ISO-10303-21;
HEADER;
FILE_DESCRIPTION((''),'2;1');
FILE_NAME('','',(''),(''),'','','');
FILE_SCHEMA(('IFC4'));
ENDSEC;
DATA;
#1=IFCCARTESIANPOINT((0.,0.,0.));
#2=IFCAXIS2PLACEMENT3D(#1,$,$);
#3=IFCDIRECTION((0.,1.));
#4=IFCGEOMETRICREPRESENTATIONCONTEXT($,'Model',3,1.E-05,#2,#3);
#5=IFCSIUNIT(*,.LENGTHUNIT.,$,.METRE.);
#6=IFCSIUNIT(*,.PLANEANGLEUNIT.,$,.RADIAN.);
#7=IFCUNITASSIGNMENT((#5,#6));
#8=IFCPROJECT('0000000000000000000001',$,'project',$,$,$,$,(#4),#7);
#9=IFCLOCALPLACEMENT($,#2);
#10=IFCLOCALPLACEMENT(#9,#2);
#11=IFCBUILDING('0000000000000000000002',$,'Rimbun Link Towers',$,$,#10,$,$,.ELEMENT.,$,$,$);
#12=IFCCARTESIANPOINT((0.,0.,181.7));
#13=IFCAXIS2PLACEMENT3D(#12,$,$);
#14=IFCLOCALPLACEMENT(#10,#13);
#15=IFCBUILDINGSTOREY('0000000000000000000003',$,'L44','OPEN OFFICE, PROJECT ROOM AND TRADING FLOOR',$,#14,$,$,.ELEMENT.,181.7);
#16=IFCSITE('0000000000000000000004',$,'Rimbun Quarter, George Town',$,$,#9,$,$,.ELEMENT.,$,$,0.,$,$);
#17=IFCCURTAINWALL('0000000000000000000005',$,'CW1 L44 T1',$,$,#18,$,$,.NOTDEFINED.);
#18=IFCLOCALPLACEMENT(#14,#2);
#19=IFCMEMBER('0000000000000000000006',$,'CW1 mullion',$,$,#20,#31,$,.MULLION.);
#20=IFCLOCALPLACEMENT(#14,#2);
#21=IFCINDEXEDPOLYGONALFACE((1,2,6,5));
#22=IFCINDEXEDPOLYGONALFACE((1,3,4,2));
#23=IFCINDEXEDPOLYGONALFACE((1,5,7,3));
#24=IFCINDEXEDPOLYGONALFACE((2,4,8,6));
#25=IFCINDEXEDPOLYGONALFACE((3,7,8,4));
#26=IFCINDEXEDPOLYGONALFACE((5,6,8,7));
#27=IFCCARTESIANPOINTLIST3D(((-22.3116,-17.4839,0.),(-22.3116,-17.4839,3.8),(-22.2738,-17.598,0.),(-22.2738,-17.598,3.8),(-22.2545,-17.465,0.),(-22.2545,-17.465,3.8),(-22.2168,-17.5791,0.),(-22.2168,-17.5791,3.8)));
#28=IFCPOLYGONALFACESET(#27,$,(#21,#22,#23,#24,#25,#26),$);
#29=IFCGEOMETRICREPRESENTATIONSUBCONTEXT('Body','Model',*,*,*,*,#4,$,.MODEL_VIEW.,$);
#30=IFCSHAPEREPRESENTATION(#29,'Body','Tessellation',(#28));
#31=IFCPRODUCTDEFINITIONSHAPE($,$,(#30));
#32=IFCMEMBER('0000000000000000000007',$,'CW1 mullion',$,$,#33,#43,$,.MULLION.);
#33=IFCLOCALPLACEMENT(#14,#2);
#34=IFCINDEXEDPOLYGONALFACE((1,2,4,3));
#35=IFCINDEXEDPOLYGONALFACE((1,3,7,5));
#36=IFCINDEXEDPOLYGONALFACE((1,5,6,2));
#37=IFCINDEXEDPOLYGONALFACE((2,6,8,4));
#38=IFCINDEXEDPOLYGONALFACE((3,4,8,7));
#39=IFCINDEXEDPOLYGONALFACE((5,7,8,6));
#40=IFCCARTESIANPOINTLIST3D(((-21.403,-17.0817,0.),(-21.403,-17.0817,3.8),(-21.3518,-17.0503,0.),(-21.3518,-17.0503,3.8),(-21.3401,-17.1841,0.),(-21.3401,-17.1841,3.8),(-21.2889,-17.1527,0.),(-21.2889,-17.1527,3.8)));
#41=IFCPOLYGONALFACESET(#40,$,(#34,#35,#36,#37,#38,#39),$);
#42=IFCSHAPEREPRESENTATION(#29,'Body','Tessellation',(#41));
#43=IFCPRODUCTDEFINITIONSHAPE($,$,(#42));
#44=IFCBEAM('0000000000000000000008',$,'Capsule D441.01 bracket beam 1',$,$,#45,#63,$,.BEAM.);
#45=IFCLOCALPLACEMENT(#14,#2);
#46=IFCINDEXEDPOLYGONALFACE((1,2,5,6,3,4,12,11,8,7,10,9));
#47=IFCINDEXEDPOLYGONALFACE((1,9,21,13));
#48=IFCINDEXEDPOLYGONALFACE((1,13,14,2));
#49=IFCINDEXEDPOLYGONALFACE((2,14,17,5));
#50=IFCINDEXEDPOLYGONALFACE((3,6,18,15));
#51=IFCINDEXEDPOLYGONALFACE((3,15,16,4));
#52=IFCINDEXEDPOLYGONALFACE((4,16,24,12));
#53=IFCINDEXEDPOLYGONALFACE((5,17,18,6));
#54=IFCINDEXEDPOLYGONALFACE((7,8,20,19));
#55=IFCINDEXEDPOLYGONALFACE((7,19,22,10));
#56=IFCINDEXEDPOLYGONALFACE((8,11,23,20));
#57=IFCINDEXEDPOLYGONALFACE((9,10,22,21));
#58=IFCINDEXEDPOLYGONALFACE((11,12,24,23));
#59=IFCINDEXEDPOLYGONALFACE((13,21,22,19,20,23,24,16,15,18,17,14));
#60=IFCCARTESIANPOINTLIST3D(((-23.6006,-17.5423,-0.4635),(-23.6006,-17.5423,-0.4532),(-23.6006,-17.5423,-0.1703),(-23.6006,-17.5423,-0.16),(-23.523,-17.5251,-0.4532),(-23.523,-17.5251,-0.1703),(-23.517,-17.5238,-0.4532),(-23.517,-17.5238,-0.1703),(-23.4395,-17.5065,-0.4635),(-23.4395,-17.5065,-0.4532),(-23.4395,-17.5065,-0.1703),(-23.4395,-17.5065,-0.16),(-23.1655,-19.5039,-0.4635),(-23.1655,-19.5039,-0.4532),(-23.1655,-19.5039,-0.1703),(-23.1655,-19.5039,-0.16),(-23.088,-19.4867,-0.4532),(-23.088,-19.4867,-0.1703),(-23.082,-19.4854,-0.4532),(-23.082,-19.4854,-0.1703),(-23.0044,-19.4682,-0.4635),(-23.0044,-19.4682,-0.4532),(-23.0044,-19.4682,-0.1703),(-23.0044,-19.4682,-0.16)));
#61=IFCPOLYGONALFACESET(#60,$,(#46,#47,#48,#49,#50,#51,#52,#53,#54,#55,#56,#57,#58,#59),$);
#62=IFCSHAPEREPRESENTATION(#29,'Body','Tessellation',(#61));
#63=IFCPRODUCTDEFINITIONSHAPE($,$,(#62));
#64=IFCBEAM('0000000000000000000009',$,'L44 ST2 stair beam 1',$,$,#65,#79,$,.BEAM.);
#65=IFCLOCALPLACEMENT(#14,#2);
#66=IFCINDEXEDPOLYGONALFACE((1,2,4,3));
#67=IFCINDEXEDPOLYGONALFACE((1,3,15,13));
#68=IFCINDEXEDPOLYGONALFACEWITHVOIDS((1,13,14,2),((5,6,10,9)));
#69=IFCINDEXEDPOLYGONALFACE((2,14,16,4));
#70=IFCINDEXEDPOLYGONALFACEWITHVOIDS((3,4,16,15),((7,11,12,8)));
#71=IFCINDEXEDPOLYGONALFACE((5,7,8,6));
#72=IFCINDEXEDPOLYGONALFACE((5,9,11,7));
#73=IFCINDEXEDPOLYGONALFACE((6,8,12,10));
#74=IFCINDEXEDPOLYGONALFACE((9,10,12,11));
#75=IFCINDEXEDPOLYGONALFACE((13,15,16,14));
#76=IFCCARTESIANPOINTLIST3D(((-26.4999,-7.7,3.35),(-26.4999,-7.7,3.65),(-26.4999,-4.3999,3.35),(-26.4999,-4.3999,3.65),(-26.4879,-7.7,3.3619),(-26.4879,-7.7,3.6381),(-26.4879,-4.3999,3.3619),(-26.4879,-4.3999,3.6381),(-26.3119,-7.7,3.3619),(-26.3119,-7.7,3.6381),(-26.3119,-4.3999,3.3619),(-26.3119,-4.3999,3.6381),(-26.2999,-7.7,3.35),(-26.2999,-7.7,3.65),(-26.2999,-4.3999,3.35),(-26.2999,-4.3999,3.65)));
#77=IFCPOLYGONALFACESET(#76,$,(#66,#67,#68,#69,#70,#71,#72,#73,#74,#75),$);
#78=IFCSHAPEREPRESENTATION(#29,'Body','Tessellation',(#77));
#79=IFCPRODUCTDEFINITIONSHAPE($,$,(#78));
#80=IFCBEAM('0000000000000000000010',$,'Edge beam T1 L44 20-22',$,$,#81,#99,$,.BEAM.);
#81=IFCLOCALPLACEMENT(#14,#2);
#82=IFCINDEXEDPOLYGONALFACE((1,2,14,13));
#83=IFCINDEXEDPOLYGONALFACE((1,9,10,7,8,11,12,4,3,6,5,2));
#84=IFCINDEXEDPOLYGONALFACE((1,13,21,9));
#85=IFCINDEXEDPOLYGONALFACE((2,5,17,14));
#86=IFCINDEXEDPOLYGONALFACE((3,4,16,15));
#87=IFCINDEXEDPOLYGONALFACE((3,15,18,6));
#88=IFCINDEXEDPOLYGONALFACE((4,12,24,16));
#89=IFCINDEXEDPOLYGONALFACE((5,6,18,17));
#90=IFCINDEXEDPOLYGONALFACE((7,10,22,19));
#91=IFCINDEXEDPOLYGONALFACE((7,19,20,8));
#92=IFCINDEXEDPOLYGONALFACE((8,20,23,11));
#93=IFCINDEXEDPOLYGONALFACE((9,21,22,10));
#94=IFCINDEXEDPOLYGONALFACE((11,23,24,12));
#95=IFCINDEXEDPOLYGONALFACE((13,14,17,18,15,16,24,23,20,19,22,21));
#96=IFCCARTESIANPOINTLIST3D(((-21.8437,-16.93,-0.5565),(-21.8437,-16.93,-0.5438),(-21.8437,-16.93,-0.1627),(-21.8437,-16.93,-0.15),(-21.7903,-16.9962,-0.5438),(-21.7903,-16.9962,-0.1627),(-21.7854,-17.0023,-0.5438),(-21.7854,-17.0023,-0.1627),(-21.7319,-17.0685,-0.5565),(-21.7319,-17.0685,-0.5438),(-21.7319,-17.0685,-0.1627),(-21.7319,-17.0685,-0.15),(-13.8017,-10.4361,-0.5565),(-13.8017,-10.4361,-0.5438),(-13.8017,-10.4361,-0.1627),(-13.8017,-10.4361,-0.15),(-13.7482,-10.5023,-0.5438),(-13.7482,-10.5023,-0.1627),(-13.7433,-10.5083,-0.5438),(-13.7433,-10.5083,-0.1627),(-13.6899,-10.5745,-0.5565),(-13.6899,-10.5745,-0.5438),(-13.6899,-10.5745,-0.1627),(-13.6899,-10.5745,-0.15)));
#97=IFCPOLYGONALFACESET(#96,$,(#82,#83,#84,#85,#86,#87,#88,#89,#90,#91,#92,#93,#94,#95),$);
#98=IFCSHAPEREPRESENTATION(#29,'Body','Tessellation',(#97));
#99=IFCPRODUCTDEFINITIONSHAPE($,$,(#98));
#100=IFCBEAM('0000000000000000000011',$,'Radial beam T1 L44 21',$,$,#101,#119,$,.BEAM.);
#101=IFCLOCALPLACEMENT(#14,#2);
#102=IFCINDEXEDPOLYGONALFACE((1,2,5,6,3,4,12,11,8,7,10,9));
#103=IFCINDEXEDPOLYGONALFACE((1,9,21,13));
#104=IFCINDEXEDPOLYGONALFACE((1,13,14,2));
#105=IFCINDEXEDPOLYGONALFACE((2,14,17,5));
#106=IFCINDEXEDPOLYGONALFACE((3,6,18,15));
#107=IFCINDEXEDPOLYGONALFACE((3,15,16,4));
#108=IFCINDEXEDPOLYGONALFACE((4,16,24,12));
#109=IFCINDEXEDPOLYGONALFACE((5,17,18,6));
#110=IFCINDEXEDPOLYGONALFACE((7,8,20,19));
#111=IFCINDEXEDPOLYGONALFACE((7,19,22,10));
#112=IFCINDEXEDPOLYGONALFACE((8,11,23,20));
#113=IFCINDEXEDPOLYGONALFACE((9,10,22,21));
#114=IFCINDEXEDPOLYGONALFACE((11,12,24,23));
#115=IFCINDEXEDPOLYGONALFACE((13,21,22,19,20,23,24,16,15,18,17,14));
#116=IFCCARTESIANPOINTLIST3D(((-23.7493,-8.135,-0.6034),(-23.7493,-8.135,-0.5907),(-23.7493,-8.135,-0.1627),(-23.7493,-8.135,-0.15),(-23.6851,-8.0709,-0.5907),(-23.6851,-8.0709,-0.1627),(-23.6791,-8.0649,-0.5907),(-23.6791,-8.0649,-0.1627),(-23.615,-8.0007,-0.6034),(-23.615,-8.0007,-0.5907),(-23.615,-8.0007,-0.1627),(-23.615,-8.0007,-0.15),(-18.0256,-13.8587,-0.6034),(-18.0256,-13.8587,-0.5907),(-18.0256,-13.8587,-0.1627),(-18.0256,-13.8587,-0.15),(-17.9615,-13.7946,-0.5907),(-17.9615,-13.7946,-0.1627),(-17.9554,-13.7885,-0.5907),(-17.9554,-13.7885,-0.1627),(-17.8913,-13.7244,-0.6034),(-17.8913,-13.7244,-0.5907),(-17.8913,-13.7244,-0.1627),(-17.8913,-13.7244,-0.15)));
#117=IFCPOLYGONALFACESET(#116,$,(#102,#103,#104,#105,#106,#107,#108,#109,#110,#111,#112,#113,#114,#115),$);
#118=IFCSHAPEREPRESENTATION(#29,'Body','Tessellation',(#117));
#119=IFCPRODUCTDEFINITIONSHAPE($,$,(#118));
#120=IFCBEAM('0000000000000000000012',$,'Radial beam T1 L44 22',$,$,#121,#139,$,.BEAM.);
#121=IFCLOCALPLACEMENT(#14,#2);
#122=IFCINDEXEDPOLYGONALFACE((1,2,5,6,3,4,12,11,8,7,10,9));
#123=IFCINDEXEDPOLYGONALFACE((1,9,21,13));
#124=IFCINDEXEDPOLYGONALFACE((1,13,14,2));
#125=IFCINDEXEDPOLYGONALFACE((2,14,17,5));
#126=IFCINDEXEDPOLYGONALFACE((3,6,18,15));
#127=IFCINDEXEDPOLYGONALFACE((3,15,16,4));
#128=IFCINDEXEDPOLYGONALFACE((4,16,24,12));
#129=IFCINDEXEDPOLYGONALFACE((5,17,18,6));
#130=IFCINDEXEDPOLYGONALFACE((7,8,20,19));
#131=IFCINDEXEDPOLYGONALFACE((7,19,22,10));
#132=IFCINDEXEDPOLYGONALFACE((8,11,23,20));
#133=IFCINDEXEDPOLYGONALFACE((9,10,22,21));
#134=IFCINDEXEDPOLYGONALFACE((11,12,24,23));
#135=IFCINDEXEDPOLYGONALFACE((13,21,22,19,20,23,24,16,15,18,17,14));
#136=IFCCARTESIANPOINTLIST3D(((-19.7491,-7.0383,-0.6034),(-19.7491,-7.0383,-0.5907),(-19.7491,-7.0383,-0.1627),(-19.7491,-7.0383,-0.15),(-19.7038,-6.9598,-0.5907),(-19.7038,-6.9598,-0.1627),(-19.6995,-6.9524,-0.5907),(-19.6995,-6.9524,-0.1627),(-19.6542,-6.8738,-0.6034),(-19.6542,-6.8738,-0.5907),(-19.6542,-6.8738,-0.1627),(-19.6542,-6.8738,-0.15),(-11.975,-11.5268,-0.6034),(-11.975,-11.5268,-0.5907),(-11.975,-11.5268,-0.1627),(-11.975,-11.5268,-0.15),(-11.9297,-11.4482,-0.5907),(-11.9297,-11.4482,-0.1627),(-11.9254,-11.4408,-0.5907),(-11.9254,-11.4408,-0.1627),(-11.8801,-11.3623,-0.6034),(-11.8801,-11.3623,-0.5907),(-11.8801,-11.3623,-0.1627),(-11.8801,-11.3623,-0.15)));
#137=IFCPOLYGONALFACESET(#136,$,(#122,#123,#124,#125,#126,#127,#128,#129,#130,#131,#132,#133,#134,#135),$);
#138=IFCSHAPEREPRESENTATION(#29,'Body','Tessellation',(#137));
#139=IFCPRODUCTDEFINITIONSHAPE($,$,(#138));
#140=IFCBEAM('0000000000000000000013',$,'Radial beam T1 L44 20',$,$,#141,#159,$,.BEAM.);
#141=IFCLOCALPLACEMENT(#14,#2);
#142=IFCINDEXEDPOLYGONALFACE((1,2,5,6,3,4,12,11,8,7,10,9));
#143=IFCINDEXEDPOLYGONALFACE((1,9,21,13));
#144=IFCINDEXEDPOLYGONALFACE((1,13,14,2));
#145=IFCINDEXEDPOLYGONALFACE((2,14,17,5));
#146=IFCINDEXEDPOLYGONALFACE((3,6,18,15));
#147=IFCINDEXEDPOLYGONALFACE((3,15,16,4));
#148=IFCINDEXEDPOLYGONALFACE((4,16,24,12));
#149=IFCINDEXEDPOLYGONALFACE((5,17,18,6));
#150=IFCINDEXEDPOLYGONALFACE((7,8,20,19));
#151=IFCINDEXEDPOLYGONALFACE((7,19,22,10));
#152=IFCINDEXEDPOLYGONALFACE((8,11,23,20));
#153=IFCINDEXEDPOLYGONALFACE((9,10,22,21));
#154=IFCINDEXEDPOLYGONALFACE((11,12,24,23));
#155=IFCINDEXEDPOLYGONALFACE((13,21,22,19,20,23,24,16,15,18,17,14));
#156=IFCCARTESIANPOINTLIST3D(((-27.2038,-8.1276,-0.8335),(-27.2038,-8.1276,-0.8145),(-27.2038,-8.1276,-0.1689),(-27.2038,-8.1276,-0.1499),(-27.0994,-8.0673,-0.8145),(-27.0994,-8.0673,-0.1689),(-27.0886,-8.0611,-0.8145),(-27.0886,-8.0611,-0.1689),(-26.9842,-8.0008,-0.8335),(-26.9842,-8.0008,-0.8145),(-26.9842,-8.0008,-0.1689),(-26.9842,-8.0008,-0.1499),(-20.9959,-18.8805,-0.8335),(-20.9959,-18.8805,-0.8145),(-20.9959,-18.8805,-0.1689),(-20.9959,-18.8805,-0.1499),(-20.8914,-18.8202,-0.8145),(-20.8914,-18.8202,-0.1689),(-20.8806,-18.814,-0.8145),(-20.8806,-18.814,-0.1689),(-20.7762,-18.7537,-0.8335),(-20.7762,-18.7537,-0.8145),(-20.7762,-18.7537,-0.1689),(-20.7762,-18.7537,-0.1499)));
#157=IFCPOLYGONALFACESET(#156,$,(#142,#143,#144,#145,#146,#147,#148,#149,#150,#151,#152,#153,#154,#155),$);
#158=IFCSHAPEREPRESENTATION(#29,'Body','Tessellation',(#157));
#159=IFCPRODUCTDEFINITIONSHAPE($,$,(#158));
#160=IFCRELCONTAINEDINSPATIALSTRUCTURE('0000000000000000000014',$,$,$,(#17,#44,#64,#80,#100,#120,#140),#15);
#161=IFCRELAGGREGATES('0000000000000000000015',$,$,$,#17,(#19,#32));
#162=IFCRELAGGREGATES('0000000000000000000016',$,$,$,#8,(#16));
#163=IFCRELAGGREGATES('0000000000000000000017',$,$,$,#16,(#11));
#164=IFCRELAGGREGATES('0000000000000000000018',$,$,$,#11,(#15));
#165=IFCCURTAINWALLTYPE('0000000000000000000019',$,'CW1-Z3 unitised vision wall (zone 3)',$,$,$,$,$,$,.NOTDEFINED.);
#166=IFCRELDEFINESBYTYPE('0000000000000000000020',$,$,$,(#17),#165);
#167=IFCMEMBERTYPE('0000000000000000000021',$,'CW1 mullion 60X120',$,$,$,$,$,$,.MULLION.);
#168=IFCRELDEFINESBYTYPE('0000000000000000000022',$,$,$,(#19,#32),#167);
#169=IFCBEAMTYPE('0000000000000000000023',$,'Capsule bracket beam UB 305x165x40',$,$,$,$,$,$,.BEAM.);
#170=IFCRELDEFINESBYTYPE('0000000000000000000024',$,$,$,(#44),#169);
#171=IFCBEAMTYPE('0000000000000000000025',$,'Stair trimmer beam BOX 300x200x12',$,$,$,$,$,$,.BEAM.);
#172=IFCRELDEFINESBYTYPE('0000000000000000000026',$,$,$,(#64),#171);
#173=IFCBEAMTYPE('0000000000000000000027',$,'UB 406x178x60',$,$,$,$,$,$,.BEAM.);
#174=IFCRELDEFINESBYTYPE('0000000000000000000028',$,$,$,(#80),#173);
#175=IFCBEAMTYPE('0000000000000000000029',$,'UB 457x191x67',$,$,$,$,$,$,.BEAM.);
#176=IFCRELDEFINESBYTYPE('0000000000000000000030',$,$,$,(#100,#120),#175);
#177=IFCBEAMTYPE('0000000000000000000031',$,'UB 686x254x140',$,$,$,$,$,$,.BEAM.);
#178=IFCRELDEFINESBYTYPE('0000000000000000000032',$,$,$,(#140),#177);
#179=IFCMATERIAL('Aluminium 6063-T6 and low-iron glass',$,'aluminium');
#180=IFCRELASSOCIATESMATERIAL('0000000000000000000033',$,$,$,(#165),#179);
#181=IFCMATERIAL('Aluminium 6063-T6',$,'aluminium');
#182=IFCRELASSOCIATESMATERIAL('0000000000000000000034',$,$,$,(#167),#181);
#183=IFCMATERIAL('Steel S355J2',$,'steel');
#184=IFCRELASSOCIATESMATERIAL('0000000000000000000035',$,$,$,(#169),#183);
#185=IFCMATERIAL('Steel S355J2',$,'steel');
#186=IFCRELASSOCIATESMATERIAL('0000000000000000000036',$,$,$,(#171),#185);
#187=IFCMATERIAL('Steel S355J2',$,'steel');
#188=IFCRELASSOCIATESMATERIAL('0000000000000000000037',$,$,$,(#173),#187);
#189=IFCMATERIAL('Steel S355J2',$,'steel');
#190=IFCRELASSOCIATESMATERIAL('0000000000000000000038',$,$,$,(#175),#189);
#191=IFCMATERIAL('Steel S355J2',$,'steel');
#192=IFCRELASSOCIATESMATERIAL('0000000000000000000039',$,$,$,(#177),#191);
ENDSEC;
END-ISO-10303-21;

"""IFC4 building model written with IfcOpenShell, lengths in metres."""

from ifc_helpers import new_model, si_unit, direction, frame, origin, origin_2d, place, context, subcontext, project, spatial, rectangle, hollow_rectangle, i_section, extrude, material, material_profile, profile_set, type_object, element, aggregate, save


model = new_model("IFC4")

# Units and contexts
model_context = context("Model", 3, precision=1e-05, world=origin(), true_north=direction((0.0, 1.0)))
body_context = subcontext(model_context, "Body", "Model", "MODEL_VIEW")
ifc_project = project(units=[si_unit("LENGTHUNIT", "METRE"), si_unit("PLANEANGLEUNIT", "RADIAN")], contexts=[model_context])

# Site, building, storey
site_placement = place(None, origin())
site = spatial("IfcSite", under=ifc_project, at=site_placement, Name="Rimbun Quarter, George Town", CompositionType="ELEMENT", RefElevation=0.0)
building_placement = place(site_placement, origin())
building = spatial("IfcBuilding", under=site, at=building_placement, Name="Rimbun Link Towers", CompositionType="ELEMENT")
storey_placement = place(building_placement, frame((0.0, 0.0, 181.7)))
storey = spatial("IfcBuildingStorey", under=building, at=storey_placement, Name="L44", Description="OPEN OFFICE, PROJECT ROOM AND TRADING FLOOR", CompositionType="ELEMENT", Elevation=181.7)

# Curtain wall, members
ifc_material_1 = material(Name="Aluminium 6063-T6 and low-iron glass", Category="aluminium")
curtain_wall_type = type_object("IfcCurtainWallType", Name="CW1-Z3 unitised vision wall (zone 3)", PredefinedType="NOTDEFINED", material=ifc_material_1)
curtain_wall_placement = place(storey_placement, origin())
curtain_wall = element("IfcCurtainWall", 1, at=curtain_wall_placement, inside=storey, type_object=curtain_wall_type, Name="CW1 L44 T1", PredefinedType="NOTDEFINED")
ifc_material_2 = material(Name="Aluminium 6063-T6", Category="aluminium")
ifc_material_profile_1 = material_profile(ifc_material_2, rectangle(XDim=0.1201, YDim=0.0601, at=origin_2d()), Name="MULLION 60X120")
ifc_profile_set_1 = profile_set([ifc_material_profile_1], Name="Aluminium 6063-T6")
member_type = type_object("IfcMemberType", Name="CW1 mullion 60X120", PredefinedType="MULLION", material=ifc_profile_set_1)
member_1_placement = place(storey_placement, frame((-22.2642, -17.5315, 0.0), z_axis=(0.0, 0.0, 1.0), x_axis=(0.314565, -0.949236, 0.0)))
member_1 = element("IfcMember", 2, at=member_1_placement, type_object=member_type, Name="CW1 mullion", PredefinedType="MULLION", context=body_context, shape_type="SweptSolid", body=[
    extrude(rectangle(XDim=0.1201, YDim=0.0601, at=origin_2d()), origin(), (0.0, 0.0, 1.0), 3.8),
])
member_2_placement = place(storey_placement, frame((-21.3459, -17.1172, 0.0), z_axis=(0.0, 0.0, 1.0), x_axis=(0.523235, -0.852189, 0.0)))
member_2 = element("IfcMember", 3, at=member_2_placement, type_object=member_type, Name="CW1 mullion", PredefinedType="MULLION", context=body_context, shape_type="SweptSolid", body=[
    extrude(rectangle(XDim=0.1201, YDim=0.0601, at=origin_2d()), origin(), (0.0, 0.0, 1.0), 3.8),
])
aggregate(curtain_wall, [member_1, member_2])

# Beams
ifc_material_3 = material(Name="Steel S355J2", Category="steel")
ifc_material_profile_2 = material_profile(ifc_material_3, i_section(OverallWidth=0.165, OverallDepth=0.3035, WebThickness=0.0061, FlangeThickness=0.0103, at=origin_2d()), Name="UB 305x165x40")
ifc_profile_set_2 = profile_set([ifc_material_profile_2], Name="Steel S355J2")
beam_type_1 = type_object("IfcBeamType", Name="Capsule bracket beam UB 305x165x40", PredefinedType="BEAM", material=ifc_profile_set_2)
beam_1_placement = place(storey_placement, frame((-23.52, -17.5244, -0.3118), z_axis=(0.216519, -0.976278, 0.0), x_axis=(0.976278, 0.216519, 0.0)))
element("IfcBeam", 4, at=beam_1_placement, inside=storey, type_object=beam_type_1, Name="Capsule D441.01 bracket beam 1", PredefinedType="BEAM", context=body_context, shape_type="SweptSolid", body=[
    extrude(i_section(OverallWidth=0.165, OverallDepth=0.3035, WebThickness=0.0061, FlangeThickness=0.0103, at=origin_2d()), origin(), (0.0, 0.0, 1.0), 2.0093),
])
ifc_material_4 = material(Name="Steel S355J2", Category="steel")
ifc_material_profile_3 = material_profile(ifc_material_4, hollow_rectangle(XDim=0.2, YDim=0.3, WallThickness=0.012, at=origin_2d()), Name="BOX 300x200x12")
ifc_profile_set_3 = profile_set([ifc_material_profile_3], Name="Steel S355J2")
beam_type_2 = type_object("IfcBeamType", Name="Stair trimmer beam BOX 300x200x12", PredefinedType="BEAM", material=ifc_profile_set_3)
beam_2_placement = place(storey_placement, frame((-26.3999, -7.7, 3.5), z_axis=(0.0, 1.0, 0.0), x_axis=(-1.0, 0.0, 0.0)))
element("IfcBeam", 5, at=beam_2_placement, inside=storey, type_object=beam_type_2, Name="L44 ST2 stair beam 1", PredefinedType="BEAM", context=body_context, shape_type="SweptSolid", body=[
    extrude(hollow_rectangle(XDim=0.2, YDim=0.3, WallThickness=0.012, at=origin_2d()), origin(), (0.0, 0.0, 1.0), 3.3),
])
ifc_material_5 = material(Name="Steel S355J2", Category="steel")
ifc_material_profile_4 = material_profile(ifc_material_5, i_section(OverallWidth=0.178, OverallDepth=0.4065, WebThickness=0.0078, FlangeThickness=0.0127, at=origin_2d()), Name="UB 406x178x60")
ifc_profile_set_4 = profile_set([ifc_material_profile_4], Name="Steel S355J2")
beam_type_3 = type_object("IfcBeamType", Name="UB 406x178x60", PredefinedType="BEAM", material=ifc_profile_set_4)
beam_3_placement = place(storey_placement, frame((-21.7878, -16.9993, -0.3533), z_axis=(0.778015, 0.628246, 0.0), x_axis=(-0.628246, 0.778015, 0.0)))
element("IfcBeam", 6, at=beam_3_placement, inside=storey, type_object=beam_type_3, Name="Edge beam T1 L44 20-22", PredefinedType="BEAM", context=body_context, shape_type="SweptSolid", body=[
    extrude(i_section(OverallWidth=0.178, OverallDepth=0.4065, WebThickness=0.0078, FlangeThickness=0.0127, at=origin_2d()), origin(), (0.0, 0.0, 1.0), 10.3367),
])
ifc_material_6 = material(Name="Steel S355J2", Category="steel")
ifc_material_profile_5 = material_profile(ifc_material_6, i_section(OverallWidth=0.1899, OverallDepth=0.4534, WebThickness=0.0085, FlangeThickness=0.0127, at=origin_2d()), Name="UB 457x191x67")
ifc_profile_set_5 = profile_set([ifc_material_profile_5], Name="Steel S355J2")
beam_type_4 = type_object("IfcBeamType", Name="UB 457x191x67", PredefinedType="BEAM", material=ifc_profile_set_5)
beam_4_placement = place(storey_placement, frame((-23.6821, -8.0679, -0.3767), z_axis=(0.707107, -0.707107, 0.0), x_axis=(0.707107, 0.707107, 0.0)))
element("IfcBeam", 7, at=beam_4_placement, inside=storey, type_object=beam_type_4, Name="Radial beam T1 L44 21", PredefinedType="BEAM", context=body_context, shape_type="SweptSolid", body=[
    extrude(i_section(OverallWidth=0.1899, OverallDepth=0.4534, WebThickness=0.0085, FlangeThickness=0.0127, at=origin_2d()), origin(), (0.0, 0.0, 1.0), 8.0945),
])
beam_5_placement = place(storey_placement, frame((-19.7017, -6.9561, -0.3767), z_axis=(0.86602, -0.500009, 0.0), x_axis=(0.500009, 0.86602, 0.0)))
element("IfcBeam", 8, at=beam_5_placement, inside=storey, type_object=beam_type_4, Name="Radial beam T1 L44 22", PredefinedType="BEAM", context=body_context, shape_type="SweptSolid", body=[
    extrude(i_section(OverallWidth=0.1899, OverallDepth=0.4534, WebThickness=0.0085, FlangeThickness=0.0127, at=origin_2d()), origin(), (0.0, 0.0, 1.0), 8.9768),
])
ifc_material_7 = material(Name="Steel S355J2", Category="steel")
ifc_material_profile_6 = material_profile(ifc_material_7, i_section(OverallWidth=0.2537, OverallDepth=0.6836, WebThickness=0.0125, FlangeThickness=0.019, at=origin_2d()), Name="UB 686x254x140")
ifc_profile_set_6 = profile_set([ifc_material_profile_6], Name="Steel S355J2")
beam_type_5 = type_object("IfcBeamType", Name="UB 686x254x140", PredefinedType="BEAM", material=ifc_profile_set_6)
beam_6_placement = place(storey_placement, frame((-27.094, -8.0642, -0.4917), z_axis=(0.499988, -0.866032, 0.0), x_axis=(0.866032, 0.499988, 0.0)))
element("IfcBeam", 9, at=beam_6_placement, inside=storey, type_object=beam_type_5, Name="Radial beam T1 L44 20", PredefinedType="BEAM", context=body_context, shape_type="SweptSolid", body=[
    extrude(i_section(OverallWidth=0.2537, OverallDepth=0.6836, WebThickness=0.0125, FlangeThickness=0.019, at=origin_2d()), origin(), (0.0, 0.0, 1.0), 12.4163),
])

save(model, "model.ifc")
